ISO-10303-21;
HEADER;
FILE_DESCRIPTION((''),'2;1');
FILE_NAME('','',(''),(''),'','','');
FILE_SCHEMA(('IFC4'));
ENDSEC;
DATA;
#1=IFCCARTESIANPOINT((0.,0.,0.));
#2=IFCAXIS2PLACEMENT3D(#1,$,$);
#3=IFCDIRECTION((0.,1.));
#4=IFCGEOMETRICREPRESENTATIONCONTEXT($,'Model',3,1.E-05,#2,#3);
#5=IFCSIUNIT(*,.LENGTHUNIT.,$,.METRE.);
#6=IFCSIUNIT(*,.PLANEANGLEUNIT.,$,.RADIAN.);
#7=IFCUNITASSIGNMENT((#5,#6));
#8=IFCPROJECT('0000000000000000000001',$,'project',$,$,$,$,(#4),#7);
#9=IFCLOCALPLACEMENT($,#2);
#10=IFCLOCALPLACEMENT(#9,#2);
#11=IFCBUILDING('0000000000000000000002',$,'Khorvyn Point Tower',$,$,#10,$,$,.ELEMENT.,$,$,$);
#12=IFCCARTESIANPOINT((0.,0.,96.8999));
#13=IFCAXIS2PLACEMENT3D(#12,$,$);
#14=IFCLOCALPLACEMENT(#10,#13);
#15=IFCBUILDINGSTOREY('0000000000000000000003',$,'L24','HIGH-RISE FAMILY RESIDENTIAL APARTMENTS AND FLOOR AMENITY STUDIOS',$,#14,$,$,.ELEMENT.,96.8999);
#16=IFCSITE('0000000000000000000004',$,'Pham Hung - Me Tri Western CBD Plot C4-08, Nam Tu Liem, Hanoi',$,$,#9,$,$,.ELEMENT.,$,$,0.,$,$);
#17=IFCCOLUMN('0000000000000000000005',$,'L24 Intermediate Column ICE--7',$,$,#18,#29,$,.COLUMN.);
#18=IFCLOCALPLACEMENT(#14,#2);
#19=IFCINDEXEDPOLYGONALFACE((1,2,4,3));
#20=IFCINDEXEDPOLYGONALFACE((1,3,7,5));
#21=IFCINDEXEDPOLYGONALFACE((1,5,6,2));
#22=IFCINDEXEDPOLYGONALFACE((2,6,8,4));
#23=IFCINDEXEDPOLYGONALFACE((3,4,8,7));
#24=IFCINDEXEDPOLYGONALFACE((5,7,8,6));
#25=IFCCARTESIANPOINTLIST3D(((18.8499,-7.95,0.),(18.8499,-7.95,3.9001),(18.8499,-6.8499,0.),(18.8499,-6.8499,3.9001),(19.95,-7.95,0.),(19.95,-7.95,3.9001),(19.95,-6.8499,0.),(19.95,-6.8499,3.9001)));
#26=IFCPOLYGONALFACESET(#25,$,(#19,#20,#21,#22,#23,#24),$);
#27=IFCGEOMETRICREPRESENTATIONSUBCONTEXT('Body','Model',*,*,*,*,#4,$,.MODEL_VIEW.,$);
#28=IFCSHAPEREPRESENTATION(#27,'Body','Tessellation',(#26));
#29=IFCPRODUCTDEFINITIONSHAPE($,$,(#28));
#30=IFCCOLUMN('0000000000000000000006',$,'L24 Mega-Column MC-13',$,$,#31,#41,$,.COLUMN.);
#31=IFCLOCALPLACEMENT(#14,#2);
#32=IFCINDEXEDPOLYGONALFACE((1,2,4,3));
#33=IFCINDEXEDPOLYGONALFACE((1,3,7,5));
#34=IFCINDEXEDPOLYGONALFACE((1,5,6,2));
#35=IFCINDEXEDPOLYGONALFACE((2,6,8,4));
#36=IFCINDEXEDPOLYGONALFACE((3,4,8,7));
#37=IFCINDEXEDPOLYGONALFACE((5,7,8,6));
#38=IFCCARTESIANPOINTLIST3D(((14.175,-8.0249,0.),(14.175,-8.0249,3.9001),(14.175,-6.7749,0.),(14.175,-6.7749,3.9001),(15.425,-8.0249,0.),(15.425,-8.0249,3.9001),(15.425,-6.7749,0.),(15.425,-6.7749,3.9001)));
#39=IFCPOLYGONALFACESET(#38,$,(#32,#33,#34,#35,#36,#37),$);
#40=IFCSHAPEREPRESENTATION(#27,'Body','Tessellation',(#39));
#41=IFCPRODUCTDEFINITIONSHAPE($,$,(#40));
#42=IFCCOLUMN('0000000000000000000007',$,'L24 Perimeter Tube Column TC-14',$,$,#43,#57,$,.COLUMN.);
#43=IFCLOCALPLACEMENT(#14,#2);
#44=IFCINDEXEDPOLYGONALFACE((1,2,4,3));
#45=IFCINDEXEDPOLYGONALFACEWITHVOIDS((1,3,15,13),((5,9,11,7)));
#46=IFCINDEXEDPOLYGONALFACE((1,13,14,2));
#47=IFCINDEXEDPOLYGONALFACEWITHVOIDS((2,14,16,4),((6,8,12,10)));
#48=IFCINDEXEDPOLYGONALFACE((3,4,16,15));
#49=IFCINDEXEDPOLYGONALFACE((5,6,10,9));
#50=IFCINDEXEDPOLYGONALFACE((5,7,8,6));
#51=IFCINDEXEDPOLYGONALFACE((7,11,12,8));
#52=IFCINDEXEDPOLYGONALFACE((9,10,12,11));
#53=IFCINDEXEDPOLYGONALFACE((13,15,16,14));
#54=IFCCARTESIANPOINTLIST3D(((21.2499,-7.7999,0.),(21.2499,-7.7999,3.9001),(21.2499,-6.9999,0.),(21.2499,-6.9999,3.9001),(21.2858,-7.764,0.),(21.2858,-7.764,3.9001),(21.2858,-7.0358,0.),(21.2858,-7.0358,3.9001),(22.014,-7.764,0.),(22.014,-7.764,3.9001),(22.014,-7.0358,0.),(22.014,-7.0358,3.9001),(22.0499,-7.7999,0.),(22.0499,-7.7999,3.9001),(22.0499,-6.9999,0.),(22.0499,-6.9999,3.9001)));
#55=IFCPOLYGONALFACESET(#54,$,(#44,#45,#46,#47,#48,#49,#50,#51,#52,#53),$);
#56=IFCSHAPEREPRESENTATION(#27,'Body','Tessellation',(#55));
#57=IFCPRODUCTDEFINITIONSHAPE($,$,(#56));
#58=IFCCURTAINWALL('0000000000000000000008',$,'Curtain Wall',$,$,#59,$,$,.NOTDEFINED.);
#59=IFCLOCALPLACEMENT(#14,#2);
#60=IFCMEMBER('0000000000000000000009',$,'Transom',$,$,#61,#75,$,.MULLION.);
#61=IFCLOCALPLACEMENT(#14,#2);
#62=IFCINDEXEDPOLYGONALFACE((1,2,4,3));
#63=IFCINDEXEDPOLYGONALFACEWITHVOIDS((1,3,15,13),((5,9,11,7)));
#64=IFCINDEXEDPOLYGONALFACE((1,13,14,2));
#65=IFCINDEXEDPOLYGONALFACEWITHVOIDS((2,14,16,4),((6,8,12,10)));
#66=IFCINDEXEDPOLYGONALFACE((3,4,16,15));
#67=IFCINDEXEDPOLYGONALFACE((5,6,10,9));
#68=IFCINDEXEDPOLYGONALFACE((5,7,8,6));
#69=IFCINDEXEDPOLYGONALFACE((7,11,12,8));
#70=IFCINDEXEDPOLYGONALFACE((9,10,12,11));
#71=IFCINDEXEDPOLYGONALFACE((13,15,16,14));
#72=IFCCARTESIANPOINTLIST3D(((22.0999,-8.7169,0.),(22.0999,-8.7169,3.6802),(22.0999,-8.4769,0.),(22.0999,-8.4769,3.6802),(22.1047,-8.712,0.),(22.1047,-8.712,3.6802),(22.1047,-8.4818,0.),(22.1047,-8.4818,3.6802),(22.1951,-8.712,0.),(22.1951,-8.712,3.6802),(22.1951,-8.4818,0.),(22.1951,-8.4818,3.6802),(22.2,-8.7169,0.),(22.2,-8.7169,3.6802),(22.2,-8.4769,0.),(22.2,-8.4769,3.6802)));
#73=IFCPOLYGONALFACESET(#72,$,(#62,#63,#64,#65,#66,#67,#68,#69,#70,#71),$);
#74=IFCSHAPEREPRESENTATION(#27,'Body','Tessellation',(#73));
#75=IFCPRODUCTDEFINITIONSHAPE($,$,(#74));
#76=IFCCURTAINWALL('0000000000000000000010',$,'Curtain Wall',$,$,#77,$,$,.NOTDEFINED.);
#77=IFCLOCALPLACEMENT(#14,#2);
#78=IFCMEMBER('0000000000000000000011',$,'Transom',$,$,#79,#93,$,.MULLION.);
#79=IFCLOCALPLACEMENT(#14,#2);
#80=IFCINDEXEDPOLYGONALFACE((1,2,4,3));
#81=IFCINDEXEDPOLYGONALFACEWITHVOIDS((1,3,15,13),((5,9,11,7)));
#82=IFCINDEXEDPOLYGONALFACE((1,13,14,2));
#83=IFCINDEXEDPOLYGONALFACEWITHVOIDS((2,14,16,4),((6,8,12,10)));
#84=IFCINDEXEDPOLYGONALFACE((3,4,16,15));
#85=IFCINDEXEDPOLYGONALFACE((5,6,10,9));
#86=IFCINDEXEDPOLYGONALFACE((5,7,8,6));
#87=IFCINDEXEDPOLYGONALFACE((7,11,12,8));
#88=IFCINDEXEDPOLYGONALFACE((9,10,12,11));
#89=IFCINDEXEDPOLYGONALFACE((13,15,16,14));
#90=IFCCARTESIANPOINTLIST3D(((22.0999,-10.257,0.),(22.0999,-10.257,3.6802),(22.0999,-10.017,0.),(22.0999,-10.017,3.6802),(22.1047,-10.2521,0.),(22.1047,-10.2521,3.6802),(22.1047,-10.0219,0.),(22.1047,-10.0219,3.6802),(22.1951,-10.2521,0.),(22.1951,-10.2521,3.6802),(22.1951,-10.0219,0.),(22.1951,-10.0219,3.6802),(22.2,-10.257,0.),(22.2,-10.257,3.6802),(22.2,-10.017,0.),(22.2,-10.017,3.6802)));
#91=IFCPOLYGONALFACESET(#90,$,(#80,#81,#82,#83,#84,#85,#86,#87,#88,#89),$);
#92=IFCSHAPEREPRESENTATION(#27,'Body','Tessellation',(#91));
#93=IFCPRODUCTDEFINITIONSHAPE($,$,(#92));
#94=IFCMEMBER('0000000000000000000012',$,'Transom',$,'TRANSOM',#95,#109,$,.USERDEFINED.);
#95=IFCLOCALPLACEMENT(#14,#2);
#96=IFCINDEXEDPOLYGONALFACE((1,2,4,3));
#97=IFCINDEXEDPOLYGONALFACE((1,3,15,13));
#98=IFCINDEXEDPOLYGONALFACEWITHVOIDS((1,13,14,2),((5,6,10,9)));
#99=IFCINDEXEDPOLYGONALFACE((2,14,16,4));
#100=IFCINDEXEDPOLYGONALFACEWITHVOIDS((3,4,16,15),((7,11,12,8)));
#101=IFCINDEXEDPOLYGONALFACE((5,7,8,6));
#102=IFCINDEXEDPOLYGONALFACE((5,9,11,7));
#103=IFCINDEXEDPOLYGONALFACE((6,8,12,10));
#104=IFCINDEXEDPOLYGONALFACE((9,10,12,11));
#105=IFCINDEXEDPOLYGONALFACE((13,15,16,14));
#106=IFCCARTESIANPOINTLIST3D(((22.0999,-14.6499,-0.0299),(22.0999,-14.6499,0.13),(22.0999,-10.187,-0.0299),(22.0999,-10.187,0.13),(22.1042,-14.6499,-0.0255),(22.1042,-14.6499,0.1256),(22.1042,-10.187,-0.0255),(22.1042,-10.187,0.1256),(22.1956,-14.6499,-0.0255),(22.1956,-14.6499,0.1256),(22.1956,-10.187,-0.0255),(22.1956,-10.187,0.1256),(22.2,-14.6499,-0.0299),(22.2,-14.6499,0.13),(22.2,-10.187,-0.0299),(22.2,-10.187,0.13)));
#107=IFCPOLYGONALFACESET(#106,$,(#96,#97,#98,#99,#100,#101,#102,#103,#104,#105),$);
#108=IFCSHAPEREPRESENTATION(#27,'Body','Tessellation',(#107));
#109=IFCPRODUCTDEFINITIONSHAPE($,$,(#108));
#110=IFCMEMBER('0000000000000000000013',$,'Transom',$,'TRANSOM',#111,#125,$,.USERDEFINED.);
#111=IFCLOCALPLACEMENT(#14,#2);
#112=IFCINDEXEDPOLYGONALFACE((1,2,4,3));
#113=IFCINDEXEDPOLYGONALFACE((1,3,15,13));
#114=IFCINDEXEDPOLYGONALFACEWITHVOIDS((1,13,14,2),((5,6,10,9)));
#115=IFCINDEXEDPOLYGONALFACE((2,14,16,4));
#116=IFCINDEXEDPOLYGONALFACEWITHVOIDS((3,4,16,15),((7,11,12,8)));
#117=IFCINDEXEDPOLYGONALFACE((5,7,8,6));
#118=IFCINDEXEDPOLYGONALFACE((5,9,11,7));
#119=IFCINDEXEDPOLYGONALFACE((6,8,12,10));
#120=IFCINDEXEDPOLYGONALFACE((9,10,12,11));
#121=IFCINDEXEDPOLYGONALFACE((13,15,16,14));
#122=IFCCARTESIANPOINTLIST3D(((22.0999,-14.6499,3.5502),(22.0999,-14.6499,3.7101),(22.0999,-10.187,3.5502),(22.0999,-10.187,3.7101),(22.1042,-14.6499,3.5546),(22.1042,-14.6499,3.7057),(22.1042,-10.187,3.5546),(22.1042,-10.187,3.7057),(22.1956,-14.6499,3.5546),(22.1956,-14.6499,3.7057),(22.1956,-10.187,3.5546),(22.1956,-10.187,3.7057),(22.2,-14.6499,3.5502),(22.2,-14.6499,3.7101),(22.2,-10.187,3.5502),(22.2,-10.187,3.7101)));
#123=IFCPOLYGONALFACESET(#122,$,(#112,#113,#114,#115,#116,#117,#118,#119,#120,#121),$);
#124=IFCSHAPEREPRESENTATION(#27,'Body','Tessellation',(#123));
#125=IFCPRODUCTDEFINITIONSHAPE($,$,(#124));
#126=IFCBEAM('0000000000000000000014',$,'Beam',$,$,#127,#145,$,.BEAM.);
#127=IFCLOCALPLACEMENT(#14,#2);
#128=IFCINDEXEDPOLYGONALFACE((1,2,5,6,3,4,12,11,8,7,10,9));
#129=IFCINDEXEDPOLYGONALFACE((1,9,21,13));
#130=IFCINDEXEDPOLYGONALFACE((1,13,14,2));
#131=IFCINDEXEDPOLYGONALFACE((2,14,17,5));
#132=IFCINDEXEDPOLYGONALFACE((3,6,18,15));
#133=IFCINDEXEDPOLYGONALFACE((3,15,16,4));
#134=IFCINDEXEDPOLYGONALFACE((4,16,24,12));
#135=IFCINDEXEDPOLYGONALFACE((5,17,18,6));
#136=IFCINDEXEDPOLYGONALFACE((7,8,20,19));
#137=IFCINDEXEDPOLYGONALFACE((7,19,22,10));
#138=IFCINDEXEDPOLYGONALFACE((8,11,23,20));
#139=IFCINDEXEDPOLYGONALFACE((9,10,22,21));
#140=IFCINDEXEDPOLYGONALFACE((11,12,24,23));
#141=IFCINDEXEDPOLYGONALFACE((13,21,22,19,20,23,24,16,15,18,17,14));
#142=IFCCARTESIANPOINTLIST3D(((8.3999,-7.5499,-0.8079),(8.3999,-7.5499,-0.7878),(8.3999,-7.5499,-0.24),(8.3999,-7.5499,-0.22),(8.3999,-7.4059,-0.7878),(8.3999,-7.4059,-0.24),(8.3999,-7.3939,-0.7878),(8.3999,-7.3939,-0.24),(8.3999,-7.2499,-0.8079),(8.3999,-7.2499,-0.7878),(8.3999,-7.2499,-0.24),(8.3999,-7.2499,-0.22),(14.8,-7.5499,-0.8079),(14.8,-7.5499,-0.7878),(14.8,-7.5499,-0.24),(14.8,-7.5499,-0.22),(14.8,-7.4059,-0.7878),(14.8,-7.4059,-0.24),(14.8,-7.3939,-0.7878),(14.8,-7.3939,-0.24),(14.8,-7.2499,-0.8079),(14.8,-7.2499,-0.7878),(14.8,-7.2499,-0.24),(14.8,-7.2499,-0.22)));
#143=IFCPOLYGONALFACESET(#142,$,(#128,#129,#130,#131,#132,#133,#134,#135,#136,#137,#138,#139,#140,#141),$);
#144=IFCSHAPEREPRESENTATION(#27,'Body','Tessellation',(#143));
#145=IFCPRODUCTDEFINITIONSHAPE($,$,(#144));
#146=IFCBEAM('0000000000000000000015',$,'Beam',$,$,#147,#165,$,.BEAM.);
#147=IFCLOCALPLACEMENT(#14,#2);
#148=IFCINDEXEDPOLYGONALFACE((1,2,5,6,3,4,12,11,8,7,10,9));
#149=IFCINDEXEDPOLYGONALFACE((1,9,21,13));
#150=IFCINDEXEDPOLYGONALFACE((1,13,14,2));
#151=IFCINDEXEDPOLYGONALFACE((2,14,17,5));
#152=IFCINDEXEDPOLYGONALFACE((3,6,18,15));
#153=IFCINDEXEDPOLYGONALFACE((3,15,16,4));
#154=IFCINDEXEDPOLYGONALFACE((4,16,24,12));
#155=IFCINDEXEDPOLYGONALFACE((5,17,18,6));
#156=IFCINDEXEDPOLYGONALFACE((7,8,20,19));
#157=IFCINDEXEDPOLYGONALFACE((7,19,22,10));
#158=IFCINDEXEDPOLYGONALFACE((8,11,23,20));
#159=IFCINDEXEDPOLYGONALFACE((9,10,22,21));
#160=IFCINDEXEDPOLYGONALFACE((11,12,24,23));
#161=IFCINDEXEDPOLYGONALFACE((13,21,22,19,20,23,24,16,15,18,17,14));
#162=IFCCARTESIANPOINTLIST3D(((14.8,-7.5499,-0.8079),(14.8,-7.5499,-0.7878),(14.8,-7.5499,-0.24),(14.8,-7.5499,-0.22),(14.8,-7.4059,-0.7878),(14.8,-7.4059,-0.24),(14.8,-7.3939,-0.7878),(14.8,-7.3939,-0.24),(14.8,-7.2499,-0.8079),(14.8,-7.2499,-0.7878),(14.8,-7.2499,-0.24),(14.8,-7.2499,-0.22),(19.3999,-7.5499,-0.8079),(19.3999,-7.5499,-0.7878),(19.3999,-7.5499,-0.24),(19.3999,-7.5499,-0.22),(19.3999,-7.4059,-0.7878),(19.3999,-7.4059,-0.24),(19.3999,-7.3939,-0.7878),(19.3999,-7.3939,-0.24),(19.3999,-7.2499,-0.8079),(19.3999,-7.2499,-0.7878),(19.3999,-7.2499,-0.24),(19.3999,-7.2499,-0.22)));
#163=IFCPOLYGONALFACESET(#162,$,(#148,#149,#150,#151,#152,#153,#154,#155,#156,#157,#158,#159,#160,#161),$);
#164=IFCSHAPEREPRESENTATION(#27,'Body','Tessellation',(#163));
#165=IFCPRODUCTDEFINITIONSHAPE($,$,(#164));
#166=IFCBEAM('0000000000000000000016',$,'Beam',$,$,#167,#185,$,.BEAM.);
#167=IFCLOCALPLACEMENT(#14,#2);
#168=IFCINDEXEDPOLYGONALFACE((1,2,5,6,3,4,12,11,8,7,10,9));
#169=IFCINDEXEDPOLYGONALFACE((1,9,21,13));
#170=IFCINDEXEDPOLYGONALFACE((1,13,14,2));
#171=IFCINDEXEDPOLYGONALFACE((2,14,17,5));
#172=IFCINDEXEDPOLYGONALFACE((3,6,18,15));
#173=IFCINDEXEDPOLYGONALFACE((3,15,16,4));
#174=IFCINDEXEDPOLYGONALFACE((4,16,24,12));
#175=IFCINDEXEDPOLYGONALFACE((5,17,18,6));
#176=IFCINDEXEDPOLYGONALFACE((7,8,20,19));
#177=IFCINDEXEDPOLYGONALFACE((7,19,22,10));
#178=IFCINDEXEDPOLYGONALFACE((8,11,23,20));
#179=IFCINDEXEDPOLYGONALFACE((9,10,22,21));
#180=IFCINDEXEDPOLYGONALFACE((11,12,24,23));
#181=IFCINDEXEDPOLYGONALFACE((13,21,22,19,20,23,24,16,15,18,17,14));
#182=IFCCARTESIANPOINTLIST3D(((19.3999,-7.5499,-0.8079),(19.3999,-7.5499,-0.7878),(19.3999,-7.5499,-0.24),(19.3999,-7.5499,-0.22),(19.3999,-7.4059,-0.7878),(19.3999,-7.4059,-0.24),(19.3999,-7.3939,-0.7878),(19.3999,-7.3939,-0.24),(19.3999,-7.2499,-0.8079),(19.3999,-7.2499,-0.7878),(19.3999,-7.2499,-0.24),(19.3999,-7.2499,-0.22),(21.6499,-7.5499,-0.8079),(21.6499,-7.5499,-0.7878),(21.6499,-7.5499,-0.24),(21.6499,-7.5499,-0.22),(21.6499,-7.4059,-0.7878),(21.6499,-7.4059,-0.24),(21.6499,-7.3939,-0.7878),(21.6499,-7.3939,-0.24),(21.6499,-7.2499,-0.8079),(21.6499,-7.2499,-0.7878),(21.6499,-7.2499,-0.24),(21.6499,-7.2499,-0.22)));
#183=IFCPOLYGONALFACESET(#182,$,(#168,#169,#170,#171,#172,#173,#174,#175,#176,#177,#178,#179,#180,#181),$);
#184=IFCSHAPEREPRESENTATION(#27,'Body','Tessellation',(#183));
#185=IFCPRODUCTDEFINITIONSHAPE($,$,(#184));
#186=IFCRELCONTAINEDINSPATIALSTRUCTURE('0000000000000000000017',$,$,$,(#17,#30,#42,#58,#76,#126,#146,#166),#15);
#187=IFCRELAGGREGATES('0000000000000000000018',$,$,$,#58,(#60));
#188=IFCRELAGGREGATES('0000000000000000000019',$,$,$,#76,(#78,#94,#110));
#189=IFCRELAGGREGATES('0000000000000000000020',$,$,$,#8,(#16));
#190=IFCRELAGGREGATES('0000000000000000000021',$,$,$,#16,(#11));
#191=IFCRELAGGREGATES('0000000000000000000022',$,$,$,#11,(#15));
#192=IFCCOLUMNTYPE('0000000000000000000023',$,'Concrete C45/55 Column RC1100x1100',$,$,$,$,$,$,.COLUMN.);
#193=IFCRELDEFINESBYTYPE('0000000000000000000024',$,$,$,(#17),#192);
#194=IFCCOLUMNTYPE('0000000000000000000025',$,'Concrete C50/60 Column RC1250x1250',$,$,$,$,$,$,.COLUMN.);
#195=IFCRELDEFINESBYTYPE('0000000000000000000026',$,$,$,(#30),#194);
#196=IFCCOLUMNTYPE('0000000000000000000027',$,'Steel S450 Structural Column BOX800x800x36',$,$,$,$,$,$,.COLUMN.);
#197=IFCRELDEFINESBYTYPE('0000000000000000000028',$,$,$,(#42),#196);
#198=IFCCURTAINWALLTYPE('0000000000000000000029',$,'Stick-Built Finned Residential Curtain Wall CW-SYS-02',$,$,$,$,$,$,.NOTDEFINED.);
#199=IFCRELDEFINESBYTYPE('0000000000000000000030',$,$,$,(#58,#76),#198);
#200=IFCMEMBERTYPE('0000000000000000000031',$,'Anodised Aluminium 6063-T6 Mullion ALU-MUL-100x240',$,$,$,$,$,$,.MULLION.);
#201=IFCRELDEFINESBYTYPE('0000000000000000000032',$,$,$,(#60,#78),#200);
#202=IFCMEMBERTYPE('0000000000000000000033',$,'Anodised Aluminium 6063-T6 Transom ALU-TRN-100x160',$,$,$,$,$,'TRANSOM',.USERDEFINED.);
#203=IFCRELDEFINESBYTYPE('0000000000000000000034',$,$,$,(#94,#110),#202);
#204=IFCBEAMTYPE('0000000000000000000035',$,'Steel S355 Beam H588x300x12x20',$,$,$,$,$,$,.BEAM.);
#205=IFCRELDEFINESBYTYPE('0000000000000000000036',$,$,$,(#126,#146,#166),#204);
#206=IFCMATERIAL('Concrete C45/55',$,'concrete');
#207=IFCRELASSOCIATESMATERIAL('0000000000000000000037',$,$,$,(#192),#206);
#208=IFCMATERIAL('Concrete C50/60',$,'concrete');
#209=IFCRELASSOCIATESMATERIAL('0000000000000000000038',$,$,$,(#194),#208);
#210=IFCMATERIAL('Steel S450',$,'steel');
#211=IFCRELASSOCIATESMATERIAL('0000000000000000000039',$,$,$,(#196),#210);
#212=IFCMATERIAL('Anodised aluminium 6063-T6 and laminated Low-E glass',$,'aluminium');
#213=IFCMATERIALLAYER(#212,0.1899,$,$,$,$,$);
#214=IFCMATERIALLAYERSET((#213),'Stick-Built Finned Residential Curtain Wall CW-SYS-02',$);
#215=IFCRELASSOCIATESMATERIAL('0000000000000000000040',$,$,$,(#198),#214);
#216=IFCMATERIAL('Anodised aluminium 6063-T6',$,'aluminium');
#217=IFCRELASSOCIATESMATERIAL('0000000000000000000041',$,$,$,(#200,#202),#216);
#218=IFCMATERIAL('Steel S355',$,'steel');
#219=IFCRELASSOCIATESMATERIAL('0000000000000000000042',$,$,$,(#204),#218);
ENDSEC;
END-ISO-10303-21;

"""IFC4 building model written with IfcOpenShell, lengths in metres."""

from ifc_helpers import new_model, si_unit, direction, frame, origin, origin_2d, place, context, subcontext, project, spatial, rectangle, hollow_rectangle, i_section, extrude, material, layer, layer_set, material_profile, profile_set, type_object, element, aggregate, save


model = new_model("IFC4")

# Units and contexts
model_context = context("Model", 3, precision=1e-05, world=origin(), true_north=direction((0.0, 1.0)))
body_context = subcontext(model_context, "Body", "Model", "MODEL_VIEW")
ifc_project = project(units=[si_unit("LENGTHUNIT", "METRE"), si_unit("PLANEANGLEUNIT", "RADIAN")], contexts=[model_context])

# Site, building, storey
site_placement = place(None, origin())
site = spatial("IfcSite", under=ifc_project, at=site_placement, Name="Pham Hung - Me Tri Western CBD Plot C4-08, Nam Tu Liem, Hanoi", CompositionType="ELEMENT", RefElevation=0.0)
building_placement = place(site_placement, origin())
building = spatial("IfcBuilding", under=site, at=building_placement, Name="Khorvyn Point Tower", CompositionType="ELEMENT")
storey_placement = place(building_placement, frame((0.0, 0.0, 96.8999)))
storey = spatial("IfcBuildingStorey", under=building, at=storey_placement, Name="L24", Description="HIGH-RISE FAMILY RESIDENTIAL APARTMENTS AND FLOOR AMENITY STUDIOS", CompositionType="ELEMENT", Elevation=96.8999)

# Columns
ifc_material_1 = material(Name="Concrete C45/55", Category="concrete")
ifc_material_profile_1 = material_profile(ifc_material_1, rectangle(XDim=1.1001, YDim=1.1001, at=origin_2d()))
ifc_profile_set_1 = profile_set([ifc_material_profile_1], Name="Concrete C45/55 RC1100x1100")
column_type_1 = type_object("IfcColumnType", Name="Concrete C45/55 Column RC1100x1100", PredefinedType="COLUMN", material=ifc_profile_set_1)
column_1_placement = place(storey_placement, frame((19.3999, -7.3999, 0.0), z_axis=(0.0, 0.0, 1.0), x_axis=(1.0, 0.0, 0.0)))
element("IfcColumn", 1, at=column_1_placement, inside=storey, type_object=column_type_1, Name="L24 Intermediate Column ICE--7", PredefinedType="COLUMN", context=body_context, shape_type="SweptSolid", body=[
    extrude(rectangle(XDim=1.1001, YDim=1.1001, at=origin_2d()), origin(), (0.0, 0.0, 1.0), 3.9001),
])
ifc_material_2 = material(Name="Concrete C50/60", Category="concrete")
ifc_material_profile_2 = material_profile(ifc_material_2, rectangle(XDim=1.25, YDim=1.25, at=origin_2d()))
ifc_profile_set_2 = profile_set([ifc_material_profile_2], Name="Concrete C50/60 RC1250x1250")
column_type_2 = type_object("IfcColumnType", Name="Concrete C50/60 Column RC1250x1250", PredefinedType="COLUMN", material=ifc_profile_set_2)
column_2_placement = place(storey_placement, frame((14.8, -7.3999, 0.0), z_axis=(0.0, 0.0, 1.0), x_axis=(1.0, 0.0, 0.0)))
element("IfcColumn", 2, at=column_2_placement, inside=storey, type_object=column_type_2, Name="L24 Mega-Column MC-13", PredefinedType="COLUMN", context=body_context, shape_type="SweptSolid", body=[
    extrude(rectangle(XDim=1.25, YDim=1.25, at=origin_2d()), origin(), (0.0, 0.0, 1.0), 3.9001),
])
ifc_material_3 = material(Name="Steel S450", Category="steel")
ifc_material_profile_3 = material_profile(ifc_material_3, hollow_rectangle(XDim=0.8, YDim=0.8, WallThickness=0.0359, at=origin_2d()))
ifc_profile_set_3 = profile_set([ifc_material_profile_3], Name="Steel S450 BOX800x800x36")
column_type_3 = type_object("IfcColumnType", Name="Steel S450 Structural Column BOX800x800x36", PredefinedType="COLUMN", material=ifc_profile_set_3)
column_3_placement = place(storey_placement, frame((21.6499, -7.3999, 0.0), z_axis=(0.0, 0.0, 1.0), x_axis=(1.0, 0.0, 0.0)))
element("IfcColumn", 3, at=column_3_placement, inside=storey, type_object=column_type_3, Name="L24 Perimeter Tube Column TC-14", PredefinedType="COLUMN", context=body_context, shape_type="SweptSolid", body=[
    extrude(hollow_rectangle(XDim=0.8, YDim=0.8, WallThickness=0.0359, at=origin_2d()), origin(), (0.0, 0.0, 1.0), 3.9001),
])

# Curtain wall, member
ifc_material_4 = material(Name="Anodised aluminium 6063-T6 and laminated Low-E glass", Category="aluminium")
ifc_layer_1 = layer(ifc_material_4, 0.1899)
ifc_layer_set_1 = layer_set([ifc_layer_1], Name="Stick-Built Finned Residential Curtain Wall CW-SYS-02")
curtain_wall_type = type_object("IfcCurtainWallType", Name="Stick-Built Finned Residential Curtain Wall CW-SYS-02", PredefinedType="NOTDEFINED", material=ifc_layer_set_1)
curtain_wall_1_placement = place(storey_placement, origin())
curtain_wall_1 = element("IfcCurtainWall", 4, at=curtain_wall_1_placement, inside=storey, type_object=curtain_wall_type, Name="Curtain Wall", PredefinedType="NOTDEFINED")
ifc_material_5 = material(Name="Anodised aluminium 6063-T6", Category="aluminium")
ifc_material_profile_4 = material_profile(ifc_material_5, hollow_rectangle(XDim=0.1001, YDim=0.24, WallThickness=0.0049, at=origin_2d()))
ifc_profile_set_4 = profile_set([ifc_material_profile_4], Name="Anodised aluminium 6063-T6 ALU-MUL-100x240")
member_type_1 = type_object("IfcMemberType", Name="Anodised Aluminium 6063-T6 Mullion ALU-MUL-100x240", PredefinedType="MULLION", material=ifc_profile_set_4)
member_1_placement = place(storey_placement, frame((22.1499, -8.5969, 0.0), z_axis=(0.0, 0.0, 1.0), x_axis=(1.0, 0.0, 0.0)))
member_1 = element("IfcMember", 5, at=member_1_placement, type_object=member_type_1, Name="Transom", PredefinedType="MULLION", context=body_context, shape_type="SweptSolid", body=[
    extrude(hollow_rectangle(XDim=0.1001, YDim=0.24, WallThickness=0.0049, at=origin_2d()), origin(), (0.0, 0.0, 1.0), 3.6802),
])
aggregate(curtain_wall_1, [member_1])

# Curtain wall, members
curtain_wall_2_placement = place(storey_placement, origin())
curtain_wall_2 = element("IfcCurtainWall", 6, at=curtain_wall_2_placement, inside=storey, type_object=curtain_wall_type, Name="Curtain Wall", PredefinedType="NOTDEFINED")
member_2_placement = place(storey_placement, frame((22.1499, -10.137, 0.0), z_axis=(0.0, 0.0, 1.0), x_axis=(1.0, 0.0, 0.0)))
member_2 = element("IfcMember", 7, at=member_2_placement, type_object=member_type_1, Name="Transom", PredefinedType="MULLION", context=body_context, shape_type="SweptSolid", body=[
    extrude(hollow_rectangle(XDim=0.1001, YDim=0.24, WallThickness=0.0049, at=origin_2d()), origin(), (0.0, 0.0, 1.0), 3.6802),
])
ifc_material_profile_5 = material_profile(ifc_material_5, hollow_rectangle(XDim=0.1001, YDim=0.1599, WallThickness=0.0044, at=origin_2d()))
ifc_profile_set_5 = profile_set([ifc_material_profile_5], Name="Anodised aluminium 6063-T6 ALU-TRN-100x160")
member_type_2 = type_object("IfcMemberType", Name="Anodised Aluminium 6063-T6 Transom ALU-TRN-100x160", ElementType="TRANSOM", PredefinedType="USERDEFINED", material=ifc_profile_set_5)
member_3_placement = place(storey_placement, frame((22.1499, -10.187, 0.05), z_axis=(0.0, -1.0, 0.0), x_axis=(1.0, 0.0, 0.0)))
member_3 = element("IfcMember", 8, at=member_3_placement, type_object=member_type_2, Name="Transom", ObjectType="TRANSOM", PredefinedType="USERDEFINED", context=body_context, shape_type="SweptSolid", body=[
    extrude(hollow_rectangle(XDim=0.1001, YDim=0.1599, WallThickness=0.0044, at=origin_2d()), origin(), (0.0, 0.0, 1.0), 4.4629),
])
member_4_placement = place(storey_placement, frame((22.1499, -10.187, 3.6301), z_axis=(0.0, -1.0, 0.0), x_axis=(1.0, 0.0, 0.0)))
member_4 = element("IfcMember", 9, at=member_4_placement, type_object=member_type_2, Name="Transom", ObjectType="TRANSOM", PredefinedType="USERDEFINED", context=body_context, shape_type="SweptSolid", body=[
    extrude(hollow_rectangle(XDim=0.1001, YDim=0.1599, WallThickness=0.0044, at=origin_2d()), origin(), (0.0, 0.0, 1.0), 4.4629),
])
aggregate(curtain_wall_2, [member_2, member_3, member_4])

# Beams
ifc_material_6 = material(Name="Steel S355", Category="steel")
ifc_material_profile_6 = material_profile(ifc_material_6, i_section(OverallWidth=0.3, OverallDepth=0.5879, WebThickness=0.012, FlangeThickness=0.02, at=origin_2d()))
ifc_profile_set_6 = profile_set([ifc_material_profile_6], Name="Steel S355 H588x300x12x20")
beam_type_1 = type_object("IfcBeamType", Name="Steel S355 Beam H588x300x12x20", PredefinedType="BEAM", material=ifc_profile_set_6)
beam_1_placement = place(storey_placement, frame((8.3999, -7.3999, -0.5139), z_axis=(1.0, 0.0, 0.0), x_axis=(0.0, 1.0, 0.0)))
element("IfcBeam", 10, at=beam_1_placement, inside=storey, type_object=beam_type_1, Name="Beam", PredefinedType="BEAM", context=body_context, shape_type="SweptSolid", body=[
    extrude(i_section(OverallWidth=0.3, OverallDepth=0.5879, WebThickness=0.012, FlangeThickness=0.02, at=origin_2d()), origin(), (0.0, 0.0, 1.0), 6.4001),
])
beam_2_placement = place(storey_placement, frame((14.8, -7.3999, -0.5139), z_axis=(1.0, 0.0, 0.0), x_axis=(0.0, 1.0, 0.0)))
element("IfcBeam", 11, at=beam_2_placement, inside=storey, type_object=beam_type_1, Name="Beam", PredefinedType="BEAM", context=body_context, shape_type="SweptSolid", body=[
    extrude(i_section(OverallWidth=0.3, OverallDepth=0.5879, WebThickness=0.012, FlangeThickness=0.02, at=origin_2d()), origin(), (0.0, 0.0, 1.0), 4.5999),
])
beam_3_placement = place(storey_placement, frame((19.3999, -7.3999, -0.5139), z_axis=(1.0, 0.0, 0.0), x_axis=(0.0, 1.0, 0.0)))
element("IfcBeam", 12, at=beam_3_placement, inside=storey, type_object=beam_type_1, Name="Beam", PredefinedType="BEAM", context=body_context, shape_type="SweptSolid", body=[
    extrude(i_section(OverallWidth=0.3, OverallDepth=0.5879, WebThickness=0.012, FlangeThickness=0.02, at=origin_2d()), origin(), (0.0, 0.0, 1.0), 2.25),
])

save(model, "model.ifc")
